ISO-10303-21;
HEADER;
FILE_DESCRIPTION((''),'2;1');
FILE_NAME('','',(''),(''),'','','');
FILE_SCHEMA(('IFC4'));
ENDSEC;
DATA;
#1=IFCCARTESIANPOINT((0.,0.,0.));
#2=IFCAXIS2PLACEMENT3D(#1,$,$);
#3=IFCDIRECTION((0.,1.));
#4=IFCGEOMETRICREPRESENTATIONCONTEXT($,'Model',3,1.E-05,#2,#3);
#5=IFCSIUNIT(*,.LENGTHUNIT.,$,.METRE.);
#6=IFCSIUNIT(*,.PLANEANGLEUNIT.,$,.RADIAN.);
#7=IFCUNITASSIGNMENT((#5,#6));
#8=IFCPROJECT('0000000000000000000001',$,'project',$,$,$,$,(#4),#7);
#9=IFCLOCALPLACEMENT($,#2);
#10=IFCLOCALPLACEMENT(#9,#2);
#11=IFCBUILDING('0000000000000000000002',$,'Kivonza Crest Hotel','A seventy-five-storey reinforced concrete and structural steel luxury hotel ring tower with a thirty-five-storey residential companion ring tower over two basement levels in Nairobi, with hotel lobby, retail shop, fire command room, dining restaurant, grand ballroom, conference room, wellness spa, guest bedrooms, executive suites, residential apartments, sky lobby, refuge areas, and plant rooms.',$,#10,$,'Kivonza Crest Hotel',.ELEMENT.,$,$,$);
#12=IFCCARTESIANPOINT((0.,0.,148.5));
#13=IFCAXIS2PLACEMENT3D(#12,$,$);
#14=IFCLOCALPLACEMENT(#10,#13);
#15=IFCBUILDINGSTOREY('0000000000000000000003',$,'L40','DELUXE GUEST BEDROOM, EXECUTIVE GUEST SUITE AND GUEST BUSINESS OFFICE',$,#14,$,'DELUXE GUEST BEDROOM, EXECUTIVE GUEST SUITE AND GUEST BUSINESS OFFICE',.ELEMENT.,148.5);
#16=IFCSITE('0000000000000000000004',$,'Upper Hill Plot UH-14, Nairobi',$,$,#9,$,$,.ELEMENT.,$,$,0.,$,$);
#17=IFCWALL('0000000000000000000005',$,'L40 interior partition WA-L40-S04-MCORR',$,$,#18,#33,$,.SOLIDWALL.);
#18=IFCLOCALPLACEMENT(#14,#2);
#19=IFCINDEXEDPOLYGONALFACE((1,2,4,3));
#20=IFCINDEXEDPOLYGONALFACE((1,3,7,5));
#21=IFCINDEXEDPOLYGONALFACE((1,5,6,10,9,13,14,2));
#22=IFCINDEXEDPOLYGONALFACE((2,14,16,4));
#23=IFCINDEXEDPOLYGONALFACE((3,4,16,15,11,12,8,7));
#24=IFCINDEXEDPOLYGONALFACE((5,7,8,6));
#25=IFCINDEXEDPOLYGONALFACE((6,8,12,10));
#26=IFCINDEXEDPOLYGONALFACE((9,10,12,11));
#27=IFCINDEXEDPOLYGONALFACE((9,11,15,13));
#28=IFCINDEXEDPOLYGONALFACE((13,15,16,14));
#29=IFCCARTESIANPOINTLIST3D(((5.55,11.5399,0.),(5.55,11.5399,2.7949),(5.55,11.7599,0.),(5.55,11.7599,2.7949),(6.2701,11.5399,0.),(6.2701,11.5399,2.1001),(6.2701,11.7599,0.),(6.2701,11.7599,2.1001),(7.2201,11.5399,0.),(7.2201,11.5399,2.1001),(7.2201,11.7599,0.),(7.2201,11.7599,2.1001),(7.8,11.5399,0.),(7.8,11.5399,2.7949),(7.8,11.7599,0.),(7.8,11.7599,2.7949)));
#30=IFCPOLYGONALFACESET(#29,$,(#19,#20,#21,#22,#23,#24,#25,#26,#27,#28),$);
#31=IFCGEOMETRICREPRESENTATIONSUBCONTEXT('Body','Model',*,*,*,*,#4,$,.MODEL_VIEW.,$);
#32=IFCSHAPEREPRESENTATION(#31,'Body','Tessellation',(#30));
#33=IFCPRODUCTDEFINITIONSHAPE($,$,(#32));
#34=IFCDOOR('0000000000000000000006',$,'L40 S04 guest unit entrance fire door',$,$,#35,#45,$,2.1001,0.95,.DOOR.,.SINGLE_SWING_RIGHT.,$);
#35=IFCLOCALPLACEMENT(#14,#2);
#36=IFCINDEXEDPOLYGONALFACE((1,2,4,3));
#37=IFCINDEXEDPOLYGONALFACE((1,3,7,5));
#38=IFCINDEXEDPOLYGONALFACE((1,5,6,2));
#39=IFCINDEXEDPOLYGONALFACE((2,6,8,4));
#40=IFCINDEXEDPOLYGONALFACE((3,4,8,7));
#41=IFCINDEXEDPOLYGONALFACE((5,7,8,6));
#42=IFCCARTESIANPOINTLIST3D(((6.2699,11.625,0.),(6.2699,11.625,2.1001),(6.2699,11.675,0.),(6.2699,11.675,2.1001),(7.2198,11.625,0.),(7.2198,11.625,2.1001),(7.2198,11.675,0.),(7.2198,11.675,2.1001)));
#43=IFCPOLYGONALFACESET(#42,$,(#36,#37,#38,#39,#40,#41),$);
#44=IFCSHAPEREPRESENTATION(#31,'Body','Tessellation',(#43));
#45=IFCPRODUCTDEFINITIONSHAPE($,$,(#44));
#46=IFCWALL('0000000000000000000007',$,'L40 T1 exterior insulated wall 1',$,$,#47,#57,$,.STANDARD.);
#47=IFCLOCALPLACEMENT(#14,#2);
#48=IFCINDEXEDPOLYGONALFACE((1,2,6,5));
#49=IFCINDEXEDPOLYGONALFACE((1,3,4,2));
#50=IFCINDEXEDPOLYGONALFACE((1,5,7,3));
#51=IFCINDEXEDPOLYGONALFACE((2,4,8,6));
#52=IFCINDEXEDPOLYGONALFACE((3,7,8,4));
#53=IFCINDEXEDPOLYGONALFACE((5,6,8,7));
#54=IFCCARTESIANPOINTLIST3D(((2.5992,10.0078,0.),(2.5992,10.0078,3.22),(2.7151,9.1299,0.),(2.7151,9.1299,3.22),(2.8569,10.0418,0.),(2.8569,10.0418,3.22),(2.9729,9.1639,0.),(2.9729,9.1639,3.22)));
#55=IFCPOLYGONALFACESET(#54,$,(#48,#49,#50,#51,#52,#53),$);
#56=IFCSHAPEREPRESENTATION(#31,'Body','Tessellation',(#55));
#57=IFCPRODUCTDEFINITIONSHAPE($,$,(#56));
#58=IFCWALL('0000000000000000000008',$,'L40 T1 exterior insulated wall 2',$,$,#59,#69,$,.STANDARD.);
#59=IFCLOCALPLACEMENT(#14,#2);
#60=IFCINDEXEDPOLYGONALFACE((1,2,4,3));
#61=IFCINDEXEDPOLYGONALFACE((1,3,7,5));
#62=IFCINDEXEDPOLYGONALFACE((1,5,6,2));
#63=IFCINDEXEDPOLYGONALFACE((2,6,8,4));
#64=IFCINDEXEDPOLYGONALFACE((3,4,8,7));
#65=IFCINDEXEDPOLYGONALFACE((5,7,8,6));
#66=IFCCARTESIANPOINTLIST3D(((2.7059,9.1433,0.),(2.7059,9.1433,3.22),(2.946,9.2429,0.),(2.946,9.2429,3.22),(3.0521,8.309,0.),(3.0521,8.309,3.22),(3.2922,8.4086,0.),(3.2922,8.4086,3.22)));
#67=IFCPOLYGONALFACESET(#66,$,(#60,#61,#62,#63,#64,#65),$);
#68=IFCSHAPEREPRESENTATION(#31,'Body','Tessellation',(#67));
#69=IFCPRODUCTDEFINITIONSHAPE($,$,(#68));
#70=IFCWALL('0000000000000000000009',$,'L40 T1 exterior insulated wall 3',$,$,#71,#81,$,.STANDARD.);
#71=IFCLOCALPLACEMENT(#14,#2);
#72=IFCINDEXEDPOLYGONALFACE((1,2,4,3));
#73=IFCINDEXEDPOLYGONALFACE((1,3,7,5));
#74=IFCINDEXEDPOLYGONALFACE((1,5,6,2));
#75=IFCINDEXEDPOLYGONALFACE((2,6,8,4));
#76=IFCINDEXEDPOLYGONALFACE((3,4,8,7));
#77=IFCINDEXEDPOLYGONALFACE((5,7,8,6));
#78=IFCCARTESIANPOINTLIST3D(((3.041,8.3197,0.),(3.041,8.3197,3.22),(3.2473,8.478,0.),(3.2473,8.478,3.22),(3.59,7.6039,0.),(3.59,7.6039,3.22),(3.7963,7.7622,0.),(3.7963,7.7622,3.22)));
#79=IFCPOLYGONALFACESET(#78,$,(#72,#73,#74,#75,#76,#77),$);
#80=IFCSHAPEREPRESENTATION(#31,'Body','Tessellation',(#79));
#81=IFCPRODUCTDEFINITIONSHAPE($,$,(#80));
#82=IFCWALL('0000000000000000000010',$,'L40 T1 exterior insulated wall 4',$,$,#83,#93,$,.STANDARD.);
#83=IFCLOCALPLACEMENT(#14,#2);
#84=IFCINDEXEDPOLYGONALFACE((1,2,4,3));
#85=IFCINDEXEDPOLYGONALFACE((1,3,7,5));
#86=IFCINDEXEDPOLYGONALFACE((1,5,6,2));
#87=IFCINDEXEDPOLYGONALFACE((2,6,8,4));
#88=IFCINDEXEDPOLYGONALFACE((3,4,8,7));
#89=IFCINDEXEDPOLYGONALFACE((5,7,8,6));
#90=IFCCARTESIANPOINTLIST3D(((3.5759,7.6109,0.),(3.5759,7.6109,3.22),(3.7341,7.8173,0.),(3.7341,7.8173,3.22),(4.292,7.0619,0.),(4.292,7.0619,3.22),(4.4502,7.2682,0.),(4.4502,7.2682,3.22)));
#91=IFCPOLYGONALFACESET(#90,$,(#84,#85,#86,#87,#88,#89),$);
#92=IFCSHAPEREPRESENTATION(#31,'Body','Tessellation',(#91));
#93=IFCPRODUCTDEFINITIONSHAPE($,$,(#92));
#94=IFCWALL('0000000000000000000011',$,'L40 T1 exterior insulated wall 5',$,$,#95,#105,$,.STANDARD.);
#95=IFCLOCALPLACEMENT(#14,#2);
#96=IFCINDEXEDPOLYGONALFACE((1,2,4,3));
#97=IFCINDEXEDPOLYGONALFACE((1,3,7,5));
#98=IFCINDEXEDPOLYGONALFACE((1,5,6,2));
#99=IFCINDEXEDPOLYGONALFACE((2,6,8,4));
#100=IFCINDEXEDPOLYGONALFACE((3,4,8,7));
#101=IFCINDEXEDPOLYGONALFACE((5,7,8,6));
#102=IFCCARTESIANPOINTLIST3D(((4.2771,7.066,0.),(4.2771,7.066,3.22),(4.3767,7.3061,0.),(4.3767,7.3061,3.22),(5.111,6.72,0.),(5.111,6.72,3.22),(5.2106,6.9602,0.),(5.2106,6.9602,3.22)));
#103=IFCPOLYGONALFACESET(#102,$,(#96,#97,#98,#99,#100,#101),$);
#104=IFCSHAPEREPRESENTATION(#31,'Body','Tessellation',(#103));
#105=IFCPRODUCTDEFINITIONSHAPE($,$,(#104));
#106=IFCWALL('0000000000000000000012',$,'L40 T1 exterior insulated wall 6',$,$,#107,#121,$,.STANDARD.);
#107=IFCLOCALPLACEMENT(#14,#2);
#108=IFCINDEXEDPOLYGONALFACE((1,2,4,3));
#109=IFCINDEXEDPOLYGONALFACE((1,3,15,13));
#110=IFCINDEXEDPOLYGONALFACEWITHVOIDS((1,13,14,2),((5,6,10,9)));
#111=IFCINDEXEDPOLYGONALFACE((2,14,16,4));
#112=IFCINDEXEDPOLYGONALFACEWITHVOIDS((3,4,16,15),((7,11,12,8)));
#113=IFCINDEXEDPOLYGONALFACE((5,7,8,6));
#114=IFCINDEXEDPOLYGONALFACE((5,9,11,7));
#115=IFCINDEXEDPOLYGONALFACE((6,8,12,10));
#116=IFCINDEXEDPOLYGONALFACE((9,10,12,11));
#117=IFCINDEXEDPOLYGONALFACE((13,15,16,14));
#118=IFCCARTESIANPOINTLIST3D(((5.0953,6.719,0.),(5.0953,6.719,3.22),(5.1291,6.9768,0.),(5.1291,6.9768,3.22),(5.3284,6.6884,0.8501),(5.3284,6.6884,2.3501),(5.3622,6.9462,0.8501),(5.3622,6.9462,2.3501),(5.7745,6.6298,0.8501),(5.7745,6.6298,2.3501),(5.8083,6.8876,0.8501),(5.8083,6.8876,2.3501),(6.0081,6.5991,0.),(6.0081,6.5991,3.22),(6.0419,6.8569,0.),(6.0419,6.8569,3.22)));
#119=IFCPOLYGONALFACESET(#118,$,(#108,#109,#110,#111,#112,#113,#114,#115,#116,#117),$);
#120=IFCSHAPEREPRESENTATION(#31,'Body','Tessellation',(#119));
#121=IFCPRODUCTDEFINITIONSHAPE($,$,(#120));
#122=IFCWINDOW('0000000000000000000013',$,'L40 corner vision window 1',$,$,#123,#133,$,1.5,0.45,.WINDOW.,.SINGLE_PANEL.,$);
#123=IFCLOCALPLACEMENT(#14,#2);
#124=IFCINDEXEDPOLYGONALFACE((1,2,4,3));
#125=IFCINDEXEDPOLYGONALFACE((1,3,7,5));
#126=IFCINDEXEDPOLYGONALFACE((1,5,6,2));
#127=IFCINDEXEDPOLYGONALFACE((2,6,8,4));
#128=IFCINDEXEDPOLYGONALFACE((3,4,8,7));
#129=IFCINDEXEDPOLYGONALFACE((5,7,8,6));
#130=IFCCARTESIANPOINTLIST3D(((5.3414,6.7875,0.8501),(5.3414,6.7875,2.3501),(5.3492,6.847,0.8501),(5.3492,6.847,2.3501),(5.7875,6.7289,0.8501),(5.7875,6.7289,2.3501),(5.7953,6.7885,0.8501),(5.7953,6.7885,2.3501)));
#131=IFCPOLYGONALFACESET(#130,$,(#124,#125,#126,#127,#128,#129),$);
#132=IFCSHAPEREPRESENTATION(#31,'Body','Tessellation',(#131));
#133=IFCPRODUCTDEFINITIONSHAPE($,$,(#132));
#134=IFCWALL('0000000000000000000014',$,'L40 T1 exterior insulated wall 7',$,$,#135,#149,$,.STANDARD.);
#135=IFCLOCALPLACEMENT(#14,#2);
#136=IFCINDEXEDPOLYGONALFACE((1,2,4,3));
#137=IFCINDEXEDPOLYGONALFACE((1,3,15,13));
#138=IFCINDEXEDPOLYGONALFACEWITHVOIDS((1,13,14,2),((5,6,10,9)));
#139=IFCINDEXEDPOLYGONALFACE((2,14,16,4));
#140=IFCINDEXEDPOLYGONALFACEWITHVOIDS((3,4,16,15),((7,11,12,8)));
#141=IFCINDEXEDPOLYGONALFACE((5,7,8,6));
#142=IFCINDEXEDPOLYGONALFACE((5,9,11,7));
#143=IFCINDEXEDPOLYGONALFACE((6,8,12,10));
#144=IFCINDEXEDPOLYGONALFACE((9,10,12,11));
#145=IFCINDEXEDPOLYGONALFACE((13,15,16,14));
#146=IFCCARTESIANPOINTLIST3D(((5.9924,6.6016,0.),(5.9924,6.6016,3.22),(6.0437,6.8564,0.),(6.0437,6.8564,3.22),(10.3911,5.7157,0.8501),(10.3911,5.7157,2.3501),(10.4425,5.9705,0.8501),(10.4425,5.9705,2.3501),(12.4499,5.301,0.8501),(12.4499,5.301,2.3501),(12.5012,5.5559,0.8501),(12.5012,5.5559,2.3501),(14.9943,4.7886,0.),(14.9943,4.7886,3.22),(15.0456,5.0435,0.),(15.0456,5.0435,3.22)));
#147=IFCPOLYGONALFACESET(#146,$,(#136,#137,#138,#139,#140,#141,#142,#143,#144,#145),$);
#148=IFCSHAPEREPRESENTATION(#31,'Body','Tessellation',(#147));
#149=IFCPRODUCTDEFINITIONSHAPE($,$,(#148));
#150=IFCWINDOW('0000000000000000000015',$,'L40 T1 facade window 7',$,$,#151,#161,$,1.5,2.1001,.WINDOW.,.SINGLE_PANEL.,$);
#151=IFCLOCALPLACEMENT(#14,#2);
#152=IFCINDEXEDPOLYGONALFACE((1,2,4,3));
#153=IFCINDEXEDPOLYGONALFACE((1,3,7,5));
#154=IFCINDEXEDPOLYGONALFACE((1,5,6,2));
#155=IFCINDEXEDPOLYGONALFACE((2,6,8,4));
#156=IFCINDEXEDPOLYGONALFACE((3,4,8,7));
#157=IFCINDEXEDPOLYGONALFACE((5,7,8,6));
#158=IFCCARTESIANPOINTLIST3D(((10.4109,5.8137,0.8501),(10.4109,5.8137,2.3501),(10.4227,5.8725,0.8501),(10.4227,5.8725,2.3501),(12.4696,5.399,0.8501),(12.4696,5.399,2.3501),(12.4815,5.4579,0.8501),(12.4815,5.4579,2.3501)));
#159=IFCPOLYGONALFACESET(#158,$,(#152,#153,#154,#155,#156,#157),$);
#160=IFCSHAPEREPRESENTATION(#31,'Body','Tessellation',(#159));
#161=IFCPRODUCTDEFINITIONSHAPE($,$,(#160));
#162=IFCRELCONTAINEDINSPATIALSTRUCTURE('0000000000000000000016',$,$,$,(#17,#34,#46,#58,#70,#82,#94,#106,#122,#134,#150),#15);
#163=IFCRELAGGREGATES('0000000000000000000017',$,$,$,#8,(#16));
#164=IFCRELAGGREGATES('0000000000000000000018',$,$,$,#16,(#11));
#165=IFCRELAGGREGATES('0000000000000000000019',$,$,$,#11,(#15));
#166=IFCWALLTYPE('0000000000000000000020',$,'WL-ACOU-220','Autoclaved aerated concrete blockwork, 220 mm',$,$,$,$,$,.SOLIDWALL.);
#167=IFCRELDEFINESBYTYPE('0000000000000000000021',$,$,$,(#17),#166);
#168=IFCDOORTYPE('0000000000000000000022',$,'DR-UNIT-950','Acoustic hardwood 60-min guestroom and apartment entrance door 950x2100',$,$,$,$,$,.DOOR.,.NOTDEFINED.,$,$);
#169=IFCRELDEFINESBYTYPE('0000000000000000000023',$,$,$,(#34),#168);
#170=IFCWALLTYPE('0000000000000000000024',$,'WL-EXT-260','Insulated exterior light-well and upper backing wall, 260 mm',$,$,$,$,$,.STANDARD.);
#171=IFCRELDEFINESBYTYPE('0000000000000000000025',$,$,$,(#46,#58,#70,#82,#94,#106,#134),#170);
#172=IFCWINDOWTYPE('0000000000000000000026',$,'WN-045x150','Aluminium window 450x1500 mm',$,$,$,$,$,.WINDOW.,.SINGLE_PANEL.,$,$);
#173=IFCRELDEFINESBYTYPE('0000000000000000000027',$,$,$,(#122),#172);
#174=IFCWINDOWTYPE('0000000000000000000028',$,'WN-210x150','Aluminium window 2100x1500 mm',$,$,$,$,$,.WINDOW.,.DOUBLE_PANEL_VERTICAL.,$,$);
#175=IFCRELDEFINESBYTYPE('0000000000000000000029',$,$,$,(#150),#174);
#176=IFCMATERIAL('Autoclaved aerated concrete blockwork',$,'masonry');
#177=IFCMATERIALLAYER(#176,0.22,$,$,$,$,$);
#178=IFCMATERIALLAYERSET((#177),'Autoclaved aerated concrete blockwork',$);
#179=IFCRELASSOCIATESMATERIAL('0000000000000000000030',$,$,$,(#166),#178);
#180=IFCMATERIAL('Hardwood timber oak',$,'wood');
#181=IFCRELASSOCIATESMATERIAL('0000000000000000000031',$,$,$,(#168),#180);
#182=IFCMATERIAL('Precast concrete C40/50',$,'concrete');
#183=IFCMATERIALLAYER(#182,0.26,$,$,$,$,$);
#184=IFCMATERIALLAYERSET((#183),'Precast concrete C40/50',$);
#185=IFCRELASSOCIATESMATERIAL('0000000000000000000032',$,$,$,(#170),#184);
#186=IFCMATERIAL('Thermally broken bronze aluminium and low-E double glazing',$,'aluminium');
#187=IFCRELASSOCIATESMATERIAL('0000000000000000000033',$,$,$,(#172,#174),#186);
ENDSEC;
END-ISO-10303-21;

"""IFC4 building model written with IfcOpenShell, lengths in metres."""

from ifc_helpers import new_model, si_unit, direction, frame, frame_2d, origin, place, context, subcontext, project, spatial, rectangle, extrude, material, layer, layer_set, type_object, element, fill, save


model = new_model("IFC4")

# Units and contexts
model_context = context("Model", 3, precision=1e-05, world=origin(), true_north=direction((0.0, 1.0)))
body_context = subcontext(model_context, "Body", "Model", "MODEL_VIEW")
ifc_project = project(units=[si_unit("LENGTHUNIT", "METRE"), si_unit("PLANEANGLEUNIT", "RADIAN")], contexts=[model_context])

# Site, building, storey
site_placement = place(None, origin())
site = spatial("IfcSite", under=ifc_project, at=site_placement, Name="Upper Hill Plot UH-14, Nairobi", CompositionType="ELEMENT", RefElevation=0.0)
building_placement = place(site_placement, origin())
building = spatial("IfcBuilding", under=site, at=building_placement, Name="Kivonza Crest Hotel", Description="A seventy-five-storey reinforced concrete and structural steel luxury hotel ring tower with a thirty-five-storey residential companion ring tower over two basement levels in Nairobi, with hotel lobby, retail shop, fire command room, dining restaurant, grand ballroom, conference room, wellness spa, guest bedrooms, executive suites, residential apartments, sky lobby, refuge areas, and plant rooms.", LongName="Kivonza Crest Hotel", CompositionType="ELEMENT")
storey_placement = place(building_placement, frame((0.0, 0.0, 148.5)))
storey = spatial("IfcBuildingStorey", under=building, at=storey_placement, Name="L40", Description="DELUXE GUEST BEDROOM, EXECUTIVE GUEST SUITE AND GUEST BUSINESS OFFICE", LongName="DELUXE GUEST BEDROOM, EXECUTIVE GUEST SUITE AND GUEST BUSINESS OFFICE", CompositionType="ELEMENT", Elevation=148.5)

# Shared definitions
ifc_material_1 = material(Name="Autoclaved aerated concrete blockwork", Category="masonry")
ifc_layer_1 = layer(ifc_material_1, 0.22)
ifc_layer_set_1 = layer_set([ifc_layer_1], Name="Autoclaved aerated concrete blockwork")
wall_type_1 = type_object("IfcWallType", Name="WL-ACOU-220", Description="Autoclaved aerated concrete blockwork, 220 mm", PredefinedType="SOLIDWALL", material=ifc_layer_set_1)

# Wall, opening, door
wall_1_placement = place(storey_placement, frame((5.55, 11.6499, 0.0), z_axis=(0.0, 0.0, 1.0), x_axis=(1.0, 0.0, 0.0)))
wall_1 = element("IfcWall", 1, at=wall_1_placement, inside=storey, type_object=wall_type_1, Name="L40 interior partition WA-L40-S04-MCORR", PredefinedType="SOLIDWALL", context=body_context, shape_type="SweptSolid", body=[
    extrude(rectangle(XDim=2.25, YDim=0.22, at=frame_2d((1.125, 0.0))), origin(), (0.0, 0.0, 1.0), 2.7949),
])
opening_1_placement = place(wall_1_placement, frame((0.72, 0.0, 0.0)))
opening_1 = element("IfcOpeningElement", 2, at=opening_1_placement, cuts=wall_1, PredefinedType="OPENING", context=body_context, shape_type="SweptSolid", body=[
    extrude(rectangle(XDim=0.95, YDim=2.1001, at=frame_2d((0.4751, 1.05))), frame((0.0, 0.1201, 0.0), z_axis=(0.0, -1.0, 0.0), x_axis=(1.0, 0.0, 0.0)), (0.0, 0.0, 1.0), 0.24),
])
ifc_material_2 = material(Name="Hardwood timber oak", Category="wood")
door_type_1 = type_object("IfcDoorType", Name="DR-UNIT-950", Description="Acoustic hardwood 60-min guestroom and apartment entrance door 950x2100", OperationType="NOTDEFINED", PredefinedType="DOOR", material=ifc_material_2)
door_1_placement = place(opening_1_placement, frame((0.95, 0.0, 0.0), z_axis=(0.0, 0.0, 1.0), x_axis=(-1.0, 0.0, 0.0)))
door_1 = element("IfcDoor", 3, at=door_1_placement, inside=storey, type_object=door_type_1, Name="L40 S04 guest unit entrance fire door", OperationType="SINGLE_SWING_RIGHT", OverallHeight=2.1001, OverallWidth=0.95, PredefinedType="DOOR", context=body_context, shape_type="SweptSolid", body=[
    extrude(rectangle(XDim=0.95, YDim=2.1001, at=frame_2d((0.4751, 1.05))), frame((0.0, 0.0249, 0.0), z_axis=(0.0, -1.0, 0.0), x_axis=(1.0, 0.0, 0.0)), (0.0, 0.0, 1.0), 0.05),
])
fill(opening_1, door_1)

# Walls
ifc_material_3 = material(Name="Precast concrete C40/50", Category="concrete")
ifc_layer_2 = layer(ifc_material_3, 0.26)
ifc_layer_set_2 = layer_set([ifc_layer_2], Name="Precast concrete C40/50")
wall_type_2 = type_object("IfcWallType", Name="WL-EXT-260", Description="Insulated exterior light-well and upper backing wall, 260 mm", PredefinedType="STANDARD", material=ifc_layer_set_2)
wall_2_placement = place(storey_placement, frame((2.728, 10.0249, 0.0), z_axis=(0.0, 0.0, 1.0), x_axis=(0.130954, -0.991388, 0.0)))
element("IfcWall", 4, at=wall_2_placement, inside=storey, type_object=wall_type_2, Name="L40 T1 exterior insulated wall 1", PredefinedType="STANDARD", context=body_context, shape_type="SweptSolid", body=[
    extrude(rectangle(XDim=0.8855, YDim=0.26, at=frame_2d((0.4429, 0.0))), origin(), (0.0, 0.0, 1.0), 3.22),
])
wall_3_placement = place(storey_placement, frame((2.8259, 9.1931, 0.0), z_axis=(0.0, 0.0, 1.0), x_axis=(0.383291, -0.923628, 0.0)))
element("IfcWall", 5, at=wall_3_placement, inside=storey, type_object=wall_type_2, Name="L40 T1 exterior insulated wall 2", PredefinedType="STANDARD", context=body_context, shape_type="SweptSolid", body=[
    extrude(rectangle(XDim=0.9033, YDim=0.26, at=frame_2d((0.4517, 0.0))), origin(), (0.0, 0.0, 1.0), 3.22),
])
wall_4_placement = place(storey_placement, frame((3.144, 8.3989, 0.0), z_axis=(0.0, 0.0, 1.0), x_axis=(0.608625, -0.793458, 0.0)))
element("IfcWall", 6, at=wall_4_placement, inside=storey, type_object=wall_type_2, Name="L40 T1 exterior insulated wall 3", PredefinedType="STANDARD", context=body_context, shape_type="SweptSolid", body=[
    extrude(rectangle(XDim=0.9021, YDim=0.26, at=frame_2d((0.4512, 0.0))), origin(), (0.0, 0.0, 1.0), 3.22),
])
wall_5_placement = place(storey_placement, frame((3.655, 7.7141, 0.0), z_axis=(0.0, 0.0, 1.0), x_axis=(0.793558, -0.608494, 0.0)))
element("IfcWall", 7, at=wall_5_placement, inside=storey, type_object=wall_type_2, Name="L40 T1 exterior insulated wall 4", PredefinedType="STANDARD", context=body_context, shape_type="SweptSolid", body=[
    extrude(rectangle(XDim=0.9023, YDim=0.26, at=frame_2d((0.4512, 0.0))), origin(), (0.0, 0.0, 1.0), 3.22),
])
wall_6_placement = place(storey_placement, frame((4.3269, 7.186, 0.0), z_axis=(0.0, 0.0, 1.0), x_axis=(0.923684, -0.383156, 0.0)))
element("IfcWall", 8, at=wall_6_placement, inside=storey, type_object=wall_type_2, Name="L40 T1 exterior insulated wall 5", PredefinedType="STANDARD", context=body_context, shape_type="SweptSolid", body=[
    extrude(rectangle(XDim=0.9028, YDim=0.26, at=frame_2d((0.4514, 0.0))), origin(), (0.0, 0.0, 1.0), 3.22),
])

# Walls, openings, windows
wall_7_placement = place(storey_placement, frame((5.1121, 6.8479, 0.0), z_axis=(0.0, 0.0, 1.0), x_axis=(0.991488, -0.130201, 0.0)))
wall_7 = element("IfcWall", 9, at=wall_7_placement, inside=storey, type_object=wall_type_2, Name="L40 T1 exterior insulated wall 6", PredefinedType="STANDARD", context=body_context, shape_type="SweptSolid", body=[
    extrude(rectangle(XDim=0.9207, YDim=0.26, at=frame_2d((0.4604, 0.0))), origin(), (0.0, 0.0, 1.0), 3.22),
])
opening_2_placement = place(wall_7_placement, frame((0.2351, 0.0, 0.8501)))
opening_2 = element("IfcOpeningElement", 10, at=opening_2_placement, cuts=wall_7, PredefinedType="OPENING", context=body_context, shape_type="SweptSolid", body=[
    extrude(rectangle(XDim=0.45, YDim=1.5, at=frame_2d((0.2251, 0.75))), frame((0.0, 0.1401, 0.0), z_axis=(0.0, -1.0, 0.0), x_axis=(1.0, 0.0, 0.0)), (0.0, 0.0, 1.0), 0.28),
])
ifc_material_4 = material(Name="Thermally broken bronze aluminium and low-E double glazing", Category="aluminium")
window_type_1 = type_object("IfcWindowType", Name="WN-045x150", Description="Aluminium window 450x1500 mm", PartitioningType="SINGLE_PANEL", PredefinedType="WINDOW", material=ifc_material_4)
window_1_placement = place(opening_2_placement, origin())
window_1 = element("IfcWindow", 11, at=window_1_placement, inside=storey, type_object=window_type_1, Name="L40 corner vision window 1", OverallHeight=1.5, OverallWidth=0.45, PartitioningType="SINGLE_PANEL", PredefinedType="WINDOW", context=body_context, shape_type="SweptSolid", body=[
    extrude(rectangle(XDim=0.45, YDim=1.5, at=frame_2d((0.2251, 0.75))), frame((0.0, 0.03, 0.0), z_axis=(0.0, -1.0, 0.0), x_axis=(1.0, 0.0, 0.0)), (0.0, 0.0, 1.0), 0.0601),
])
fill(opening_2, window_1)
wall_8_placement = place(storey_placement, frame((6.0181, 6.729, 0.0), z_axis=(0.0, 0.0, 1.0), x_axis=(0.980316, -0.197435, 0.0)))
wall_8 = element("IfcWall", 12, at=wall_8_placement, inside=storey, type_object=wall_type_2, Name="L40 T1 exterior insulated wall 7", PredefinedType="STANDARD", context=body_context, shape_type="SweptSolid", body=[
    extrude(rectangle(XDim=9.1826, YDim=0.26, at=frame_2d((4.5913, 0.0))), origin(), (0.0, 0.0, 1.0), 3.22),
])
opening_3_placement = place(wall_8_placement, frame((4.4871, 0.0, 0.8501)))
opening_3 = element("IfcOpeningElement", 13, at=opening_3_placement, cuts=wall_8, PredefinedType="OPENING", context=body_context, shape_type="SweptSolid", body=[
    extrude(rectangle(XDim=2.1001, YDim=1.5, at=frame_2d((1.05, 0.75))), frame((0.0, 0.1401, 0.0), z_axis=(0.0, -1.0, 0.0), x_axis=(1.0, 0.0, 0.0)), (0.0, 0.0, 1.0), 0.28),
])
window_type_2 = type_object("IfcWindowType", Name="WN-210x150", Description="Aluminium window 2100x1500 mm", PartitioningType="DOUBLE_PANEL_VERTICAL", PredefinedType="WINDOW", material=ifc_material_4)
window_2_placement = place(opening_3_placement, origin())
window_2 = element("IfcWindow", 14, at=window_2_placement, inside=storey, type_object=window_type_2, Name="L40 T1 facade window 7", OverallHeight=1.5, OverallWidth=2.1001, PartitioningType="SINGLE_PANEL", PredefinedType="WINDOW", context=body_context, shape_type="SweptSolid", body=[
    extrude(rectangle(XDim=2.1001, YDim=1.5, at=frame_2d((1.05, 0.75))), frame((0.0, 0.03, 0.0), z_axis=(0.0, -1.0, 0.0), x_axis=(1.0, 0.0, 0.0)), (0.0, 0.0, 1.0), 0.0601),
])
fill(opening_3, window_2)

save(model, "model.ifc")
